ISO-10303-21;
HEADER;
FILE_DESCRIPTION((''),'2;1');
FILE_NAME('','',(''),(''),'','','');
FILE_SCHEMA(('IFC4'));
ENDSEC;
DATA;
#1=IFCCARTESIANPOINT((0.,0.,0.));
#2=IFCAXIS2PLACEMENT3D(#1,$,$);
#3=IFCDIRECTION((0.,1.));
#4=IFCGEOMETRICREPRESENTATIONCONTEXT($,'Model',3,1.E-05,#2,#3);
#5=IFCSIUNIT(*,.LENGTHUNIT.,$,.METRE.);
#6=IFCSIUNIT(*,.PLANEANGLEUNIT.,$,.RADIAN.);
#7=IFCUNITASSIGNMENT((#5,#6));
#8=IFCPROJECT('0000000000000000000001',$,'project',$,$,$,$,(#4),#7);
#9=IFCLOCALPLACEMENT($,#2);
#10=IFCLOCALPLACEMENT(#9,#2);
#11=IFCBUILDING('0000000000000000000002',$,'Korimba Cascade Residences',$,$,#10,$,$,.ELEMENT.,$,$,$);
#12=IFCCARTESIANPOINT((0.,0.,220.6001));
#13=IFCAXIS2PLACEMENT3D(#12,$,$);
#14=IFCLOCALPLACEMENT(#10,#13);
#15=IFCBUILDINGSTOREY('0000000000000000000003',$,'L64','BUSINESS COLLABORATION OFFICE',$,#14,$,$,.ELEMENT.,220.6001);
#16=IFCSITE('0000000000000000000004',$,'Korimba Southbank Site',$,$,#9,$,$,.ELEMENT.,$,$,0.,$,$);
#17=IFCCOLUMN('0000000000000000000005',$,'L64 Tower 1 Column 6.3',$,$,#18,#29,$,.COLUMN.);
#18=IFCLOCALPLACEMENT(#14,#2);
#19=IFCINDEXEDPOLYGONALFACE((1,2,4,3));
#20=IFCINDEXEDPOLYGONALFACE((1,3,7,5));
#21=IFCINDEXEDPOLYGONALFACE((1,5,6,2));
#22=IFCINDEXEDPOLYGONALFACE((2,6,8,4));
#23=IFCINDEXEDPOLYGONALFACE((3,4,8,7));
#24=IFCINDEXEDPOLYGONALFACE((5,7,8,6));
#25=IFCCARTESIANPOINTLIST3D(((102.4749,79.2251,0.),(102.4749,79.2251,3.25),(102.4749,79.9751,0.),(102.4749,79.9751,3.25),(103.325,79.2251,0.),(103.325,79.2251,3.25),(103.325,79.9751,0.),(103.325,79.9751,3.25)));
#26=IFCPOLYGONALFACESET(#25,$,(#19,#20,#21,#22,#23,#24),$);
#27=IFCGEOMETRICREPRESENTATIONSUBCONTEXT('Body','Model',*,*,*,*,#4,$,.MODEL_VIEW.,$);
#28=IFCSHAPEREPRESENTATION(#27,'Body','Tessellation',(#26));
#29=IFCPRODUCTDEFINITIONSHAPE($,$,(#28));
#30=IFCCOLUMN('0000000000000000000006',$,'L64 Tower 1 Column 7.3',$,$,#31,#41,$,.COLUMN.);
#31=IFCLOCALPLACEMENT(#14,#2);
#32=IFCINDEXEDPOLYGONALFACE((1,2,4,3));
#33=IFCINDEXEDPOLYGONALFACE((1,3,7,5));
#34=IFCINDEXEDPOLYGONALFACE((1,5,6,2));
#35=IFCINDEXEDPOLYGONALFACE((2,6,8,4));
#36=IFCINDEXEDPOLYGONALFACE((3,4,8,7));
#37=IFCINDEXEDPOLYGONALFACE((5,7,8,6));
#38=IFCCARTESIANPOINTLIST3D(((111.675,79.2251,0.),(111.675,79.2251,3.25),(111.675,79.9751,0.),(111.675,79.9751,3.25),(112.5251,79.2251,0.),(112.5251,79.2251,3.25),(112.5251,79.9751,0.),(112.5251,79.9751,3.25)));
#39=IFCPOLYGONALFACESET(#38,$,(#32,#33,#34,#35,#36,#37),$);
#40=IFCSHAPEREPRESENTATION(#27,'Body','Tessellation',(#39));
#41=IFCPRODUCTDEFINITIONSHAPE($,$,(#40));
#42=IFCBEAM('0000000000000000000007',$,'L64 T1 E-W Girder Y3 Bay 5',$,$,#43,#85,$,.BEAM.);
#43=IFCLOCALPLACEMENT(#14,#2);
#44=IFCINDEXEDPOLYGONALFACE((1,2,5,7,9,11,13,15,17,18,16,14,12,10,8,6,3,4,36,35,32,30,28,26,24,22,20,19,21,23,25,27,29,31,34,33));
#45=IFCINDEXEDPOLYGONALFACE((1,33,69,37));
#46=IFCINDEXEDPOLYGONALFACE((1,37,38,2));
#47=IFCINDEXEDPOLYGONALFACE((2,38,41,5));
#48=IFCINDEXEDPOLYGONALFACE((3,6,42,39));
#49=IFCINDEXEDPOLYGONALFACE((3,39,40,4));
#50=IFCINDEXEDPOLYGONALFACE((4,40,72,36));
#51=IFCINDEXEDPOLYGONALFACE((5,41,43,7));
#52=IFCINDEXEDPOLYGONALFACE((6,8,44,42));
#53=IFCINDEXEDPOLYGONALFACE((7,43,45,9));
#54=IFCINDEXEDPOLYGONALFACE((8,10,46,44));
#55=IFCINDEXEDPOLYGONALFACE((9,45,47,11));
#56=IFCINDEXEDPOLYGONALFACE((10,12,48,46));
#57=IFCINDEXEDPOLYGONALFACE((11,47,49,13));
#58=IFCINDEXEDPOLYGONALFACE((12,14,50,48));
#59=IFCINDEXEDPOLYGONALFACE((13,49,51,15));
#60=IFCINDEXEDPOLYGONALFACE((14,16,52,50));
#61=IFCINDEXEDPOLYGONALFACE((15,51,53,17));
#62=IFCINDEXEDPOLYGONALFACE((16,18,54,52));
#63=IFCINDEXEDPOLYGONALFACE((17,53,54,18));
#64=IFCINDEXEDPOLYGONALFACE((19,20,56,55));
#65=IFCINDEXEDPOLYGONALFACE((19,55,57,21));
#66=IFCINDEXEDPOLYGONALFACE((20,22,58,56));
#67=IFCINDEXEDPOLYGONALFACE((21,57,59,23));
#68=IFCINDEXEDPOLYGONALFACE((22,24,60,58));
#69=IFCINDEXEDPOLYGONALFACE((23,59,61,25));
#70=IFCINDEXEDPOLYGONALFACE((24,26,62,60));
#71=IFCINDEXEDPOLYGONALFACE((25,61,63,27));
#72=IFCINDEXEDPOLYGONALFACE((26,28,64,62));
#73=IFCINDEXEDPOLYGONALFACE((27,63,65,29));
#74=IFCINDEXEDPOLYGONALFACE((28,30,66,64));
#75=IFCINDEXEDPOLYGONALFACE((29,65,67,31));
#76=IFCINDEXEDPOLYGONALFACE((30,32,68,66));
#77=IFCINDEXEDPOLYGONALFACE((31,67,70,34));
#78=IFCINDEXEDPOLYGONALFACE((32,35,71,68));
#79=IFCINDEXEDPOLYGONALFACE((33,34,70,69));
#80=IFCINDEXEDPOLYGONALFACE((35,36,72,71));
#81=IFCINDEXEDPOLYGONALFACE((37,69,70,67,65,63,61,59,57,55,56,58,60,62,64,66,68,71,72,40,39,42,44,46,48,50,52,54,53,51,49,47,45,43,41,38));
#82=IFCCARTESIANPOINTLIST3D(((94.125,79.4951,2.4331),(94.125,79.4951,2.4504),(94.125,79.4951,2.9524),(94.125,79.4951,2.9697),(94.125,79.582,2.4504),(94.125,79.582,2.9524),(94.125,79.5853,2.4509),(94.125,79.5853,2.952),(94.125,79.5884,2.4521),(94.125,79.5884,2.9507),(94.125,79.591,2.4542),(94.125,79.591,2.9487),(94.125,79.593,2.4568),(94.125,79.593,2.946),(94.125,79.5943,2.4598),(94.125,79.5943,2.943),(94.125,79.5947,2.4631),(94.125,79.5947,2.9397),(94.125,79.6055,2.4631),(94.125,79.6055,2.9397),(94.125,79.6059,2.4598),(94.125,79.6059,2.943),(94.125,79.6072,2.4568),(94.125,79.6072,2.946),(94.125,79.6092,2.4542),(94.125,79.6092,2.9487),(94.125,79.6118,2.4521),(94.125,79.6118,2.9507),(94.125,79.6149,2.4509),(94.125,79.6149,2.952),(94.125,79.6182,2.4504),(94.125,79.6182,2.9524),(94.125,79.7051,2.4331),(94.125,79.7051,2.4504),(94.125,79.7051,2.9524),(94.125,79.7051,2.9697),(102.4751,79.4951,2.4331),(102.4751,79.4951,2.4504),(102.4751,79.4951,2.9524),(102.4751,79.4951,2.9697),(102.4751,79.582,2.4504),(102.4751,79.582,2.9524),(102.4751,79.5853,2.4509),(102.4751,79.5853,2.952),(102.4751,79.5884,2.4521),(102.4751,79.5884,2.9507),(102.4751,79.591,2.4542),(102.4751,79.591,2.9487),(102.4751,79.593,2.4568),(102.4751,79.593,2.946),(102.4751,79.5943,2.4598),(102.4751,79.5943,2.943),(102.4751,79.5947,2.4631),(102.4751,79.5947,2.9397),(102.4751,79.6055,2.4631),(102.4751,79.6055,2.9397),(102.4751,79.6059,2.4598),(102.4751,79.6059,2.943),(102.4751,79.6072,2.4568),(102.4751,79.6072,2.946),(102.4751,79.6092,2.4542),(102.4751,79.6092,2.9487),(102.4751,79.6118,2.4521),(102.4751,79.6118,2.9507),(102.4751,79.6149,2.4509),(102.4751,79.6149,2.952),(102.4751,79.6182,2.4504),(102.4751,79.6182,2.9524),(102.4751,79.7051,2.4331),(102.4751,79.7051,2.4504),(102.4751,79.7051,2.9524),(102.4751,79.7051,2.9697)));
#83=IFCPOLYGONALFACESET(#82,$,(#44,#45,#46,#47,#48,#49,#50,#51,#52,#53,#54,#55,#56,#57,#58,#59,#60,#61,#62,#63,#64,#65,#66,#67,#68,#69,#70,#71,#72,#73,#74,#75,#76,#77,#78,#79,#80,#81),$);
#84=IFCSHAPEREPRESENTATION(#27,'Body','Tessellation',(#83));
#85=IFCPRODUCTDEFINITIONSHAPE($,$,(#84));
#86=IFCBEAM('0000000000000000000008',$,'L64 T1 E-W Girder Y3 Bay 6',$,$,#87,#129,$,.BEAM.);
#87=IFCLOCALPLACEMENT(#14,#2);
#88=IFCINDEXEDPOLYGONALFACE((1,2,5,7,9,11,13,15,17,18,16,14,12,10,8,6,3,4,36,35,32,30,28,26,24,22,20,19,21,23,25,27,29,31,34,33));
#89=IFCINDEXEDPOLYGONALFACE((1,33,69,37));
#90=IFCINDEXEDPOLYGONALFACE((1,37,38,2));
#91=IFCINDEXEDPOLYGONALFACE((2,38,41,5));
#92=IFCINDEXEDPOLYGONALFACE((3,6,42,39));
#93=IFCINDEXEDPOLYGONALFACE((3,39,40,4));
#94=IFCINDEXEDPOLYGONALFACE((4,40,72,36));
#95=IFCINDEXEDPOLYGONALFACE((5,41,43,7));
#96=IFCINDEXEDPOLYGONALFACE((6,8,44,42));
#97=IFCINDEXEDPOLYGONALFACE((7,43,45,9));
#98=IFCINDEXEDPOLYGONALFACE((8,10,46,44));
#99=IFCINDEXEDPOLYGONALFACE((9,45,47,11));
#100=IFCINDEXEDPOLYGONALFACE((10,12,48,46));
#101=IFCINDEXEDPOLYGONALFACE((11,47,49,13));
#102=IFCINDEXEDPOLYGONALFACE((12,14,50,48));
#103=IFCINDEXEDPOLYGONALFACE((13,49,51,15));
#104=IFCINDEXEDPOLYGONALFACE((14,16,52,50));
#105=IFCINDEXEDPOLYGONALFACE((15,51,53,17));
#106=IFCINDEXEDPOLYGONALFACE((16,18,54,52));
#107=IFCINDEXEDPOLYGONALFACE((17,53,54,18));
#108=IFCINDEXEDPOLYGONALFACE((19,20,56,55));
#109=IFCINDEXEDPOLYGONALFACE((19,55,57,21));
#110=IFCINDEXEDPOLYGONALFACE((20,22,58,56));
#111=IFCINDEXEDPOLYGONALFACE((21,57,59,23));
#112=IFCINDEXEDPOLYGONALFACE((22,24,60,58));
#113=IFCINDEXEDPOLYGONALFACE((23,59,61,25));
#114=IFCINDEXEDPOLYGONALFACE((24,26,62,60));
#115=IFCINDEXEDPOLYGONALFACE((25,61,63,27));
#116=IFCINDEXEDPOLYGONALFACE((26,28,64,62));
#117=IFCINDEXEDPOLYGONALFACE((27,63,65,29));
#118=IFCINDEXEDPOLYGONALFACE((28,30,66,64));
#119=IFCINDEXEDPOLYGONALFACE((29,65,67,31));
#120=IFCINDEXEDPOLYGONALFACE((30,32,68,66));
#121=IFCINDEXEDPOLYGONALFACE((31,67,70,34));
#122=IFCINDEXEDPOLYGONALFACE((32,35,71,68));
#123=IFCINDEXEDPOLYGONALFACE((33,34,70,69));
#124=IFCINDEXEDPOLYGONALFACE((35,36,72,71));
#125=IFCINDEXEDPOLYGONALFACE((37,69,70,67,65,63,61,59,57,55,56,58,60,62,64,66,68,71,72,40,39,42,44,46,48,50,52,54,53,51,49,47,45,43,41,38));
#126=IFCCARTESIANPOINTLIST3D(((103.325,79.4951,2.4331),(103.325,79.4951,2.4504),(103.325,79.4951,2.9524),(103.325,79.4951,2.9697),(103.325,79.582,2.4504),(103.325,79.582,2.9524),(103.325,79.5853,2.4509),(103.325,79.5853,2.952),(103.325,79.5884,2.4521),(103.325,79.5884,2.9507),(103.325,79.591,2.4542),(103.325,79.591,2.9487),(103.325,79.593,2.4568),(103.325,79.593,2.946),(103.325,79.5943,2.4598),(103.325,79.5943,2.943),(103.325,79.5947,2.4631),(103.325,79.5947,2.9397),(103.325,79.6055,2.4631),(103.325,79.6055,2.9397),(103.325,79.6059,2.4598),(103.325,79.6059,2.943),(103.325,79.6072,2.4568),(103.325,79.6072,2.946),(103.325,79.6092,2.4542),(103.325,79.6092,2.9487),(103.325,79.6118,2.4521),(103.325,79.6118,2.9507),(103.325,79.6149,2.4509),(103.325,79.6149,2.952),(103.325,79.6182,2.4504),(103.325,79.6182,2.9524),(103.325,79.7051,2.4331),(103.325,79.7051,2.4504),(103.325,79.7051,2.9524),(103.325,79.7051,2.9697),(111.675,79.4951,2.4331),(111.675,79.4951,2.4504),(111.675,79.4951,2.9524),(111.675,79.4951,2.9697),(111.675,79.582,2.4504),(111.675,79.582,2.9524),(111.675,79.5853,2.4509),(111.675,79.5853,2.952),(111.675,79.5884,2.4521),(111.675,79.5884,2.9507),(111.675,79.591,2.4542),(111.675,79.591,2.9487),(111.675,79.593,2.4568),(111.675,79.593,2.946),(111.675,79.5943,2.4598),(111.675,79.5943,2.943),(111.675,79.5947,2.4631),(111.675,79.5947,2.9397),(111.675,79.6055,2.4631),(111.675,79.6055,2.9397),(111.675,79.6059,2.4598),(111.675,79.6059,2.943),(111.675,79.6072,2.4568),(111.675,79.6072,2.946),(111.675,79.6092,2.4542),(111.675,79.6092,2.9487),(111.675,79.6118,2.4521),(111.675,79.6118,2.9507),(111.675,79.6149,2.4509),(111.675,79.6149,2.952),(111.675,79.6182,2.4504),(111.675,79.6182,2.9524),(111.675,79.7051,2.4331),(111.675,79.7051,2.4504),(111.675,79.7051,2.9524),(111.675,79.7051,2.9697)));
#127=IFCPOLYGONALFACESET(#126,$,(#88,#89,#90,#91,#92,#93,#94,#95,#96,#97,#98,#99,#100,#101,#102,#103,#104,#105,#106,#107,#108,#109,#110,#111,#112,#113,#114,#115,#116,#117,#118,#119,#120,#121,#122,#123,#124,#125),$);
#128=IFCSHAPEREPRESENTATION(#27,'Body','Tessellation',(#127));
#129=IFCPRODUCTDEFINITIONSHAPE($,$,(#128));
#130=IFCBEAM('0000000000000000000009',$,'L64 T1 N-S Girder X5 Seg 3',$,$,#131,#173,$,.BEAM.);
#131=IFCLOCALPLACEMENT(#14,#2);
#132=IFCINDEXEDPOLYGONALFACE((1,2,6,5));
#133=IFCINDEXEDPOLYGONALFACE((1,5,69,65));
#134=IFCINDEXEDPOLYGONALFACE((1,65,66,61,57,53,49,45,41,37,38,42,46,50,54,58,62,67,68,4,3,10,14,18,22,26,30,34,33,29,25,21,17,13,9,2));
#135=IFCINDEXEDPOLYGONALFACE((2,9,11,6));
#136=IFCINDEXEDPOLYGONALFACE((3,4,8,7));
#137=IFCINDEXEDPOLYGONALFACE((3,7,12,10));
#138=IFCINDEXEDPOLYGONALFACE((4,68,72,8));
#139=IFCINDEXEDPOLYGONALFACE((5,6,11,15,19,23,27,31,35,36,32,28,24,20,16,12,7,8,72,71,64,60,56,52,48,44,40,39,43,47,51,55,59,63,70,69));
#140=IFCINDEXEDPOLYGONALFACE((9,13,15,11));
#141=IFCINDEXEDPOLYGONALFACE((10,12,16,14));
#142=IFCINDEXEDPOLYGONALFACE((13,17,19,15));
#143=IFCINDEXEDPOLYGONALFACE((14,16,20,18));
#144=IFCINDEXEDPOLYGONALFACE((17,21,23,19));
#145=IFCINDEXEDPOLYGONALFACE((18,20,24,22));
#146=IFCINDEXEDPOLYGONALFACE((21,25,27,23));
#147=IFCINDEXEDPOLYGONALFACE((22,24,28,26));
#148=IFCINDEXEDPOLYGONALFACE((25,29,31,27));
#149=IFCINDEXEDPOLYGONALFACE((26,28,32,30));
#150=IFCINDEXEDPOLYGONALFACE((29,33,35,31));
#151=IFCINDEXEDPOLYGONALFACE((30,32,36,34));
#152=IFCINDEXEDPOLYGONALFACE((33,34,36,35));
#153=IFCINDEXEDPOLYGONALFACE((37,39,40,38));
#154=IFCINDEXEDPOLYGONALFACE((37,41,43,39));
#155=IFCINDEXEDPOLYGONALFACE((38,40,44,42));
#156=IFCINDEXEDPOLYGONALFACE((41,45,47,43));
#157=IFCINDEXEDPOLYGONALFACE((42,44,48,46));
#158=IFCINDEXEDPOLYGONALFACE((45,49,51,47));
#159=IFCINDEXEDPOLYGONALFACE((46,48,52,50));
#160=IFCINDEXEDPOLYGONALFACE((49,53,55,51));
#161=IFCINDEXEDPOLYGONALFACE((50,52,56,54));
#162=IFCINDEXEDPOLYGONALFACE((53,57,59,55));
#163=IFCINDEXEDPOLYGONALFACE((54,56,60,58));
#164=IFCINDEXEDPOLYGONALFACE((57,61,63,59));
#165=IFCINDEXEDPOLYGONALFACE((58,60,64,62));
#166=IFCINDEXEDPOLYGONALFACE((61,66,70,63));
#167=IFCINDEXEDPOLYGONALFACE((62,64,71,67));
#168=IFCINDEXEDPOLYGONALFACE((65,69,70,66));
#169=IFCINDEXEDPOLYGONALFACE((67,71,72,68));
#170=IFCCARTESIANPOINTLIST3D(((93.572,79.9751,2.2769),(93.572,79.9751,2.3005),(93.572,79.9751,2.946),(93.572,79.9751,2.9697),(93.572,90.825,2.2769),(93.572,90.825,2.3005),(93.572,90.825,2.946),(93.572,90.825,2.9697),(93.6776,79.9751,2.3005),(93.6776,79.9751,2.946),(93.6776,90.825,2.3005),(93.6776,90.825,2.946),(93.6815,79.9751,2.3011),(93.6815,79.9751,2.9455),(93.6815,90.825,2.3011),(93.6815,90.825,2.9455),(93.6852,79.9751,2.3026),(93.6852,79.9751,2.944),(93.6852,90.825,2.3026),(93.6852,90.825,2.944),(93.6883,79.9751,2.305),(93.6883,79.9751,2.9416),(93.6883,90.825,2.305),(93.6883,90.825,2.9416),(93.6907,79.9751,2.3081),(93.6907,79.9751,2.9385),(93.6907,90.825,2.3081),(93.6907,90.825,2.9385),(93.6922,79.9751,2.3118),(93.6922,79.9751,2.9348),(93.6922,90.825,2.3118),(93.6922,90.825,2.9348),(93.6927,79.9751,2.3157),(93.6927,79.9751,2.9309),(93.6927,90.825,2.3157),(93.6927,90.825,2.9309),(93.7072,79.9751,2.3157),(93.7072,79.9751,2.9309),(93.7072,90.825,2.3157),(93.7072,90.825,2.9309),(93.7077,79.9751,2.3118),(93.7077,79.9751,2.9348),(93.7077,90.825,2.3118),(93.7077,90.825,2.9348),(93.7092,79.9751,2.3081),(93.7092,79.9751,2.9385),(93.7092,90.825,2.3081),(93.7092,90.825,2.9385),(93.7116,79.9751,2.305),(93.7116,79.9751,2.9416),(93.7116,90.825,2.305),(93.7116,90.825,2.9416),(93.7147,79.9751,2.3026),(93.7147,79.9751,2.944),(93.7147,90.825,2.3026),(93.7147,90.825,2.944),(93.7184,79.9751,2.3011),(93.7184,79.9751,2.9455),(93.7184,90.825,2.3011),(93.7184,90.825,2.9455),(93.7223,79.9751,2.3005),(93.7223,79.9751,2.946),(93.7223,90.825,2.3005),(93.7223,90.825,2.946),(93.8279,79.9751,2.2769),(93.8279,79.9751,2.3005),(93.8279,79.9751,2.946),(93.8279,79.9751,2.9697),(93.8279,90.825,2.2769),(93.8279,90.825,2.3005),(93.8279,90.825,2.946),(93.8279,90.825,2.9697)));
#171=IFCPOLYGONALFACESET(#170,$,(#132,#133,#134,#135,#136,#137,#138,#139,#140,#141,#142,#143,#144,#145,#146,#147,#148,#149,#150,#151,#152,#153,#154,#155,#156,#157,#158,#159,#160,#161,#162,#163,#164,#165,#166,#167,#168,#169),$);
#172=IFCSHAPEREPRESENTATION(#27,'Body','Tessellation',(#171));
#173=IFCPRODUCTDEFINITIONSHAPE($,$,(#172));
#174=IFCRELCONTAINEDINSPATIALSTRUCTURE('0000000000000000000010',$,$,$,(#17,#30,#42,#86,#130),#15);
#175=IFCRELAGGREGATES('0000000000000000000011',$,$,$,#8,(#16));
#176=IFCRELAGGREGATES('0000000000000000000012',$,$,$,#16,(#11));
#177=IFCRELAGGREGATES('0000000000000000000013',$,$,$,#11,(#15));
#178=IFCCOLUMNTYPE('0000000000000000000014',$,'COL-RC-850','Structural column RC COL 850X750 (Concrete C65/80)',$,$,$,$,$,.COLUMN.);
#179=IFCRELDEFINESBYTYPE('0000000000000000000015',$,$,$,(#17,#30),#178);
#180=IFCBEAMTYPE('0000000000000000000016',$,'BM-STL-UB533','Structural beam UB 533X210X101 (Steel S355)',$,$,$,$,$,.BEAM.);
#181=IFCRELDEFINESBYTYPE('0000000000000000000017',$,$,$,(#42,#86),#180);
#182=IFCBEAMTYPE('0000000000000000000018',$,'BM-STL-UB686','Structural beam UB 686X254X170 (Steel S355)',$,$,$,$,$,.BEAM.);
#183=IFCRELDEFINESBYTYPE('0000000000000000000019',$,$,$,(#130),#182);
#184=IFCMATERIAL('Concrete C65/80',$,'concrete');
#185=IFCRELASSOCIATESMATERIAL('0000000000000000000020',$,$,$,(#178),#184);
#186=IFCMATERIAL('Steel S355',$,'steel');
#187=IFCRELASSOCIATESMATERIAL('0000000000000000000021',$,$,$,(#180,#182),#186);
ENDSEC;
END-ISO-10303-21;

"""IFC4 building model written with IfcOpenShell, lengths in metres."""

from ifc_helpers import new_model, si_unit, direction, frame, origin, origin_2d, place, context, subcontext, project, spatial, rectangle, i_section, extrude, material, material_profile, profile_set, type_object, element, save


model = new_model("IFC4")

# Units and contexts
model_context = context("Model", 3, precision=1e-05, world=origin(), true_north=direction((0.0, 1.0)))
body_context = subcontext(model_context, "Body", "Model", "MODEL_VIEW")
ifc_project = project(units=[si_unit("LENGTHUNIT", "METRE"), si_unit("PLANEANGLEUNIT", "RADIAN")], contexts=[model_context])

# Site, building, storey
site_placement = place(None, origin())
site = spatial("IfcSite", under=ifc_project, at=site_placement, Name="Korimba Southbank Site", CompositionType="ELEMENT", RefElevation=0.0)
building_placement = place(site_placement, origin())
building = spatial("IfcBuilding", under=site, at=building_placement, Name="Korimba Cascade Residences", CompositionType="ELEMENT")
storey_placement = place(building_placement, frame((0.0, 0.0, 220.6001)))
storey = spatial("IfcBuildingStorey", under=building, at=storey_placement, Name="L64", Description="BUSINESS COLLABORATION OFFICE", CompositionType="ELEMENT", Elevation=220.6001)

# Columns
ifc_material_1 = material(Name="Concrete C65/80", Category="concrete")
ifc_material_profile_1 = material_profile(ifc_material_1, rectangle(XDim=0.8501, YDim=0.75, at=origin_2d()), Name="Concrete C65/80")
ifc_profile_set_1 = profile_set([ifc_material_profile_1], Name="Concrete C65/80")
column_type = type_object("IfcColumnType", Name="COL-RC-850", Description="Structural column RC COL 850X750 (Concrete C65/80)", PredefinedType="COLUMN", material=ifc_profile_set_1)
for number, where, z_axis, x_axis, name in (
    (1, (102.8999, 79.6001, 0.0), (0.0, 0.0, 1.0), (1.0, 0.0, 0.0), "L64 Tower 1 Column 6.3"),
    (2, (112.1001, 79.6001, 0.0), (0.0, 0.0, 1.0), (1.0, 0.0, 0.0), "L64 Tower 1 Column 7.3"),
):
    element("IfcColumn", number, at=place(storey_placement, frame(where, z_axis=z_axis, x_axis=x_axis)), inside=storey, type_object=column_type, Name=name, PredefinedType="COLUMN", context=body_context, shape_type="SweptSolid", body=[
        extrude(rectangle(XDim=0.8501, YDim=0.75, at=origin_2d()), origin(), (0.0, 0.0, 1.0), 3.25),
    ])

# Beams
ifc_material_2 = material(Name="Steel S355", Category="steel")
ifc_material_profile_2 = material_profile(ifc_material_2, i_section(OverallWidth=0.21, OverallDepth=0.5366, WebThickness=0.0107, FlangeThickness=0.0173, FilletRadius=0.0127, at=origin_2d()), Name="Steel S355")
ifc_profile_set_2 = profile_set([ifc_material_profile_2], Name="Steel S355")
beam_type_1 = type_object("IfcBeamType", Name="BM-STL-UB533", Description="Structural beam UB 533X210X101 (Steel S355)", PredefinedType="BEAM", material=ifc_profile_set_2)
for number, where, z_axis, x_axis, name in (
    (3, (94.125, 79.6001, 2.7014), (1.0, 0.0, 0.0), (0.0, 1.0, 0.0), "L64 T1 E-W Girder Y3 Bay 5"),
    (4, (103.325, 79.6001, 2.7014), (1.0, 0.0, 0.0), (0.0, 1.0, 0.0), "L64 T1 E-W Girder Y3 Bay 6"),
):
    element("IfcBeam", number, at=place(storey_placement, frame(where, z_axis=z_axis, x_axis=x_axis)), inside=storey, type_object=beam_type_1, Name=name, PredefinedType="BEAM", context=body_context, shape_type="SweptSolid", body=[
        extrude(i_section(OverallWidth=0.21, OverallDepth=0.5366, WebThickness=0.0107, FlangeThickness=0.0173, FilletRadius=0.0127, at=origin_2d()), origin(), (0.0, 0.0, 1.0), 8.3501),
    ])
ifc_material_profile_3 = material_profile(ifc_material_2, i_section(OverallWidth=0.2559, OverallDepth=0.6929, WebThickness=0.0144, FlangeThickness=0.0237, FilletRadius=0.0151, at=origin_2d()), Name="Steel S355")
ifc_profile_set_3 = profile_set([ifc_material_profile_3], Name="Steel S355")
beam_type_2 = type_object("IfcBeamType", Name="BM-STL-UB686", Description="Structural beam UB 686X254X170 (Steel S355)", PredefinedType="BEAM", material=ifc_profile_set_3)
for number, where, z_axis, x_axis, name in (
    (5, (93.7, 79.9751, 2.6233), (0.0, 1.0, 0.0), (-1.0, 0.0, 0.0), "L64 T1 N-S Girder X5 Seg 3"),
):
    element("IfcBeam", number, at=place(storey_placement, frame(where, z_axis=z_axis, x_axis=x_axis)), inside=storey, type_object=beam_type_2, Name=name, PredefinedType="BEAM", context=body_context, shape_type="SweptSolid", body=[
        extrude(i_section(OverallWidth=0.2559, OverallDepth=0.6929, WebThickness=0.0144, FlangeThickness=0.0237, FilletRadius=0.0151, at=origin_2d()), origin(), (0.0, 0.0, 1.0), 10.8499),
    ])

save(model, "model.ifc")
